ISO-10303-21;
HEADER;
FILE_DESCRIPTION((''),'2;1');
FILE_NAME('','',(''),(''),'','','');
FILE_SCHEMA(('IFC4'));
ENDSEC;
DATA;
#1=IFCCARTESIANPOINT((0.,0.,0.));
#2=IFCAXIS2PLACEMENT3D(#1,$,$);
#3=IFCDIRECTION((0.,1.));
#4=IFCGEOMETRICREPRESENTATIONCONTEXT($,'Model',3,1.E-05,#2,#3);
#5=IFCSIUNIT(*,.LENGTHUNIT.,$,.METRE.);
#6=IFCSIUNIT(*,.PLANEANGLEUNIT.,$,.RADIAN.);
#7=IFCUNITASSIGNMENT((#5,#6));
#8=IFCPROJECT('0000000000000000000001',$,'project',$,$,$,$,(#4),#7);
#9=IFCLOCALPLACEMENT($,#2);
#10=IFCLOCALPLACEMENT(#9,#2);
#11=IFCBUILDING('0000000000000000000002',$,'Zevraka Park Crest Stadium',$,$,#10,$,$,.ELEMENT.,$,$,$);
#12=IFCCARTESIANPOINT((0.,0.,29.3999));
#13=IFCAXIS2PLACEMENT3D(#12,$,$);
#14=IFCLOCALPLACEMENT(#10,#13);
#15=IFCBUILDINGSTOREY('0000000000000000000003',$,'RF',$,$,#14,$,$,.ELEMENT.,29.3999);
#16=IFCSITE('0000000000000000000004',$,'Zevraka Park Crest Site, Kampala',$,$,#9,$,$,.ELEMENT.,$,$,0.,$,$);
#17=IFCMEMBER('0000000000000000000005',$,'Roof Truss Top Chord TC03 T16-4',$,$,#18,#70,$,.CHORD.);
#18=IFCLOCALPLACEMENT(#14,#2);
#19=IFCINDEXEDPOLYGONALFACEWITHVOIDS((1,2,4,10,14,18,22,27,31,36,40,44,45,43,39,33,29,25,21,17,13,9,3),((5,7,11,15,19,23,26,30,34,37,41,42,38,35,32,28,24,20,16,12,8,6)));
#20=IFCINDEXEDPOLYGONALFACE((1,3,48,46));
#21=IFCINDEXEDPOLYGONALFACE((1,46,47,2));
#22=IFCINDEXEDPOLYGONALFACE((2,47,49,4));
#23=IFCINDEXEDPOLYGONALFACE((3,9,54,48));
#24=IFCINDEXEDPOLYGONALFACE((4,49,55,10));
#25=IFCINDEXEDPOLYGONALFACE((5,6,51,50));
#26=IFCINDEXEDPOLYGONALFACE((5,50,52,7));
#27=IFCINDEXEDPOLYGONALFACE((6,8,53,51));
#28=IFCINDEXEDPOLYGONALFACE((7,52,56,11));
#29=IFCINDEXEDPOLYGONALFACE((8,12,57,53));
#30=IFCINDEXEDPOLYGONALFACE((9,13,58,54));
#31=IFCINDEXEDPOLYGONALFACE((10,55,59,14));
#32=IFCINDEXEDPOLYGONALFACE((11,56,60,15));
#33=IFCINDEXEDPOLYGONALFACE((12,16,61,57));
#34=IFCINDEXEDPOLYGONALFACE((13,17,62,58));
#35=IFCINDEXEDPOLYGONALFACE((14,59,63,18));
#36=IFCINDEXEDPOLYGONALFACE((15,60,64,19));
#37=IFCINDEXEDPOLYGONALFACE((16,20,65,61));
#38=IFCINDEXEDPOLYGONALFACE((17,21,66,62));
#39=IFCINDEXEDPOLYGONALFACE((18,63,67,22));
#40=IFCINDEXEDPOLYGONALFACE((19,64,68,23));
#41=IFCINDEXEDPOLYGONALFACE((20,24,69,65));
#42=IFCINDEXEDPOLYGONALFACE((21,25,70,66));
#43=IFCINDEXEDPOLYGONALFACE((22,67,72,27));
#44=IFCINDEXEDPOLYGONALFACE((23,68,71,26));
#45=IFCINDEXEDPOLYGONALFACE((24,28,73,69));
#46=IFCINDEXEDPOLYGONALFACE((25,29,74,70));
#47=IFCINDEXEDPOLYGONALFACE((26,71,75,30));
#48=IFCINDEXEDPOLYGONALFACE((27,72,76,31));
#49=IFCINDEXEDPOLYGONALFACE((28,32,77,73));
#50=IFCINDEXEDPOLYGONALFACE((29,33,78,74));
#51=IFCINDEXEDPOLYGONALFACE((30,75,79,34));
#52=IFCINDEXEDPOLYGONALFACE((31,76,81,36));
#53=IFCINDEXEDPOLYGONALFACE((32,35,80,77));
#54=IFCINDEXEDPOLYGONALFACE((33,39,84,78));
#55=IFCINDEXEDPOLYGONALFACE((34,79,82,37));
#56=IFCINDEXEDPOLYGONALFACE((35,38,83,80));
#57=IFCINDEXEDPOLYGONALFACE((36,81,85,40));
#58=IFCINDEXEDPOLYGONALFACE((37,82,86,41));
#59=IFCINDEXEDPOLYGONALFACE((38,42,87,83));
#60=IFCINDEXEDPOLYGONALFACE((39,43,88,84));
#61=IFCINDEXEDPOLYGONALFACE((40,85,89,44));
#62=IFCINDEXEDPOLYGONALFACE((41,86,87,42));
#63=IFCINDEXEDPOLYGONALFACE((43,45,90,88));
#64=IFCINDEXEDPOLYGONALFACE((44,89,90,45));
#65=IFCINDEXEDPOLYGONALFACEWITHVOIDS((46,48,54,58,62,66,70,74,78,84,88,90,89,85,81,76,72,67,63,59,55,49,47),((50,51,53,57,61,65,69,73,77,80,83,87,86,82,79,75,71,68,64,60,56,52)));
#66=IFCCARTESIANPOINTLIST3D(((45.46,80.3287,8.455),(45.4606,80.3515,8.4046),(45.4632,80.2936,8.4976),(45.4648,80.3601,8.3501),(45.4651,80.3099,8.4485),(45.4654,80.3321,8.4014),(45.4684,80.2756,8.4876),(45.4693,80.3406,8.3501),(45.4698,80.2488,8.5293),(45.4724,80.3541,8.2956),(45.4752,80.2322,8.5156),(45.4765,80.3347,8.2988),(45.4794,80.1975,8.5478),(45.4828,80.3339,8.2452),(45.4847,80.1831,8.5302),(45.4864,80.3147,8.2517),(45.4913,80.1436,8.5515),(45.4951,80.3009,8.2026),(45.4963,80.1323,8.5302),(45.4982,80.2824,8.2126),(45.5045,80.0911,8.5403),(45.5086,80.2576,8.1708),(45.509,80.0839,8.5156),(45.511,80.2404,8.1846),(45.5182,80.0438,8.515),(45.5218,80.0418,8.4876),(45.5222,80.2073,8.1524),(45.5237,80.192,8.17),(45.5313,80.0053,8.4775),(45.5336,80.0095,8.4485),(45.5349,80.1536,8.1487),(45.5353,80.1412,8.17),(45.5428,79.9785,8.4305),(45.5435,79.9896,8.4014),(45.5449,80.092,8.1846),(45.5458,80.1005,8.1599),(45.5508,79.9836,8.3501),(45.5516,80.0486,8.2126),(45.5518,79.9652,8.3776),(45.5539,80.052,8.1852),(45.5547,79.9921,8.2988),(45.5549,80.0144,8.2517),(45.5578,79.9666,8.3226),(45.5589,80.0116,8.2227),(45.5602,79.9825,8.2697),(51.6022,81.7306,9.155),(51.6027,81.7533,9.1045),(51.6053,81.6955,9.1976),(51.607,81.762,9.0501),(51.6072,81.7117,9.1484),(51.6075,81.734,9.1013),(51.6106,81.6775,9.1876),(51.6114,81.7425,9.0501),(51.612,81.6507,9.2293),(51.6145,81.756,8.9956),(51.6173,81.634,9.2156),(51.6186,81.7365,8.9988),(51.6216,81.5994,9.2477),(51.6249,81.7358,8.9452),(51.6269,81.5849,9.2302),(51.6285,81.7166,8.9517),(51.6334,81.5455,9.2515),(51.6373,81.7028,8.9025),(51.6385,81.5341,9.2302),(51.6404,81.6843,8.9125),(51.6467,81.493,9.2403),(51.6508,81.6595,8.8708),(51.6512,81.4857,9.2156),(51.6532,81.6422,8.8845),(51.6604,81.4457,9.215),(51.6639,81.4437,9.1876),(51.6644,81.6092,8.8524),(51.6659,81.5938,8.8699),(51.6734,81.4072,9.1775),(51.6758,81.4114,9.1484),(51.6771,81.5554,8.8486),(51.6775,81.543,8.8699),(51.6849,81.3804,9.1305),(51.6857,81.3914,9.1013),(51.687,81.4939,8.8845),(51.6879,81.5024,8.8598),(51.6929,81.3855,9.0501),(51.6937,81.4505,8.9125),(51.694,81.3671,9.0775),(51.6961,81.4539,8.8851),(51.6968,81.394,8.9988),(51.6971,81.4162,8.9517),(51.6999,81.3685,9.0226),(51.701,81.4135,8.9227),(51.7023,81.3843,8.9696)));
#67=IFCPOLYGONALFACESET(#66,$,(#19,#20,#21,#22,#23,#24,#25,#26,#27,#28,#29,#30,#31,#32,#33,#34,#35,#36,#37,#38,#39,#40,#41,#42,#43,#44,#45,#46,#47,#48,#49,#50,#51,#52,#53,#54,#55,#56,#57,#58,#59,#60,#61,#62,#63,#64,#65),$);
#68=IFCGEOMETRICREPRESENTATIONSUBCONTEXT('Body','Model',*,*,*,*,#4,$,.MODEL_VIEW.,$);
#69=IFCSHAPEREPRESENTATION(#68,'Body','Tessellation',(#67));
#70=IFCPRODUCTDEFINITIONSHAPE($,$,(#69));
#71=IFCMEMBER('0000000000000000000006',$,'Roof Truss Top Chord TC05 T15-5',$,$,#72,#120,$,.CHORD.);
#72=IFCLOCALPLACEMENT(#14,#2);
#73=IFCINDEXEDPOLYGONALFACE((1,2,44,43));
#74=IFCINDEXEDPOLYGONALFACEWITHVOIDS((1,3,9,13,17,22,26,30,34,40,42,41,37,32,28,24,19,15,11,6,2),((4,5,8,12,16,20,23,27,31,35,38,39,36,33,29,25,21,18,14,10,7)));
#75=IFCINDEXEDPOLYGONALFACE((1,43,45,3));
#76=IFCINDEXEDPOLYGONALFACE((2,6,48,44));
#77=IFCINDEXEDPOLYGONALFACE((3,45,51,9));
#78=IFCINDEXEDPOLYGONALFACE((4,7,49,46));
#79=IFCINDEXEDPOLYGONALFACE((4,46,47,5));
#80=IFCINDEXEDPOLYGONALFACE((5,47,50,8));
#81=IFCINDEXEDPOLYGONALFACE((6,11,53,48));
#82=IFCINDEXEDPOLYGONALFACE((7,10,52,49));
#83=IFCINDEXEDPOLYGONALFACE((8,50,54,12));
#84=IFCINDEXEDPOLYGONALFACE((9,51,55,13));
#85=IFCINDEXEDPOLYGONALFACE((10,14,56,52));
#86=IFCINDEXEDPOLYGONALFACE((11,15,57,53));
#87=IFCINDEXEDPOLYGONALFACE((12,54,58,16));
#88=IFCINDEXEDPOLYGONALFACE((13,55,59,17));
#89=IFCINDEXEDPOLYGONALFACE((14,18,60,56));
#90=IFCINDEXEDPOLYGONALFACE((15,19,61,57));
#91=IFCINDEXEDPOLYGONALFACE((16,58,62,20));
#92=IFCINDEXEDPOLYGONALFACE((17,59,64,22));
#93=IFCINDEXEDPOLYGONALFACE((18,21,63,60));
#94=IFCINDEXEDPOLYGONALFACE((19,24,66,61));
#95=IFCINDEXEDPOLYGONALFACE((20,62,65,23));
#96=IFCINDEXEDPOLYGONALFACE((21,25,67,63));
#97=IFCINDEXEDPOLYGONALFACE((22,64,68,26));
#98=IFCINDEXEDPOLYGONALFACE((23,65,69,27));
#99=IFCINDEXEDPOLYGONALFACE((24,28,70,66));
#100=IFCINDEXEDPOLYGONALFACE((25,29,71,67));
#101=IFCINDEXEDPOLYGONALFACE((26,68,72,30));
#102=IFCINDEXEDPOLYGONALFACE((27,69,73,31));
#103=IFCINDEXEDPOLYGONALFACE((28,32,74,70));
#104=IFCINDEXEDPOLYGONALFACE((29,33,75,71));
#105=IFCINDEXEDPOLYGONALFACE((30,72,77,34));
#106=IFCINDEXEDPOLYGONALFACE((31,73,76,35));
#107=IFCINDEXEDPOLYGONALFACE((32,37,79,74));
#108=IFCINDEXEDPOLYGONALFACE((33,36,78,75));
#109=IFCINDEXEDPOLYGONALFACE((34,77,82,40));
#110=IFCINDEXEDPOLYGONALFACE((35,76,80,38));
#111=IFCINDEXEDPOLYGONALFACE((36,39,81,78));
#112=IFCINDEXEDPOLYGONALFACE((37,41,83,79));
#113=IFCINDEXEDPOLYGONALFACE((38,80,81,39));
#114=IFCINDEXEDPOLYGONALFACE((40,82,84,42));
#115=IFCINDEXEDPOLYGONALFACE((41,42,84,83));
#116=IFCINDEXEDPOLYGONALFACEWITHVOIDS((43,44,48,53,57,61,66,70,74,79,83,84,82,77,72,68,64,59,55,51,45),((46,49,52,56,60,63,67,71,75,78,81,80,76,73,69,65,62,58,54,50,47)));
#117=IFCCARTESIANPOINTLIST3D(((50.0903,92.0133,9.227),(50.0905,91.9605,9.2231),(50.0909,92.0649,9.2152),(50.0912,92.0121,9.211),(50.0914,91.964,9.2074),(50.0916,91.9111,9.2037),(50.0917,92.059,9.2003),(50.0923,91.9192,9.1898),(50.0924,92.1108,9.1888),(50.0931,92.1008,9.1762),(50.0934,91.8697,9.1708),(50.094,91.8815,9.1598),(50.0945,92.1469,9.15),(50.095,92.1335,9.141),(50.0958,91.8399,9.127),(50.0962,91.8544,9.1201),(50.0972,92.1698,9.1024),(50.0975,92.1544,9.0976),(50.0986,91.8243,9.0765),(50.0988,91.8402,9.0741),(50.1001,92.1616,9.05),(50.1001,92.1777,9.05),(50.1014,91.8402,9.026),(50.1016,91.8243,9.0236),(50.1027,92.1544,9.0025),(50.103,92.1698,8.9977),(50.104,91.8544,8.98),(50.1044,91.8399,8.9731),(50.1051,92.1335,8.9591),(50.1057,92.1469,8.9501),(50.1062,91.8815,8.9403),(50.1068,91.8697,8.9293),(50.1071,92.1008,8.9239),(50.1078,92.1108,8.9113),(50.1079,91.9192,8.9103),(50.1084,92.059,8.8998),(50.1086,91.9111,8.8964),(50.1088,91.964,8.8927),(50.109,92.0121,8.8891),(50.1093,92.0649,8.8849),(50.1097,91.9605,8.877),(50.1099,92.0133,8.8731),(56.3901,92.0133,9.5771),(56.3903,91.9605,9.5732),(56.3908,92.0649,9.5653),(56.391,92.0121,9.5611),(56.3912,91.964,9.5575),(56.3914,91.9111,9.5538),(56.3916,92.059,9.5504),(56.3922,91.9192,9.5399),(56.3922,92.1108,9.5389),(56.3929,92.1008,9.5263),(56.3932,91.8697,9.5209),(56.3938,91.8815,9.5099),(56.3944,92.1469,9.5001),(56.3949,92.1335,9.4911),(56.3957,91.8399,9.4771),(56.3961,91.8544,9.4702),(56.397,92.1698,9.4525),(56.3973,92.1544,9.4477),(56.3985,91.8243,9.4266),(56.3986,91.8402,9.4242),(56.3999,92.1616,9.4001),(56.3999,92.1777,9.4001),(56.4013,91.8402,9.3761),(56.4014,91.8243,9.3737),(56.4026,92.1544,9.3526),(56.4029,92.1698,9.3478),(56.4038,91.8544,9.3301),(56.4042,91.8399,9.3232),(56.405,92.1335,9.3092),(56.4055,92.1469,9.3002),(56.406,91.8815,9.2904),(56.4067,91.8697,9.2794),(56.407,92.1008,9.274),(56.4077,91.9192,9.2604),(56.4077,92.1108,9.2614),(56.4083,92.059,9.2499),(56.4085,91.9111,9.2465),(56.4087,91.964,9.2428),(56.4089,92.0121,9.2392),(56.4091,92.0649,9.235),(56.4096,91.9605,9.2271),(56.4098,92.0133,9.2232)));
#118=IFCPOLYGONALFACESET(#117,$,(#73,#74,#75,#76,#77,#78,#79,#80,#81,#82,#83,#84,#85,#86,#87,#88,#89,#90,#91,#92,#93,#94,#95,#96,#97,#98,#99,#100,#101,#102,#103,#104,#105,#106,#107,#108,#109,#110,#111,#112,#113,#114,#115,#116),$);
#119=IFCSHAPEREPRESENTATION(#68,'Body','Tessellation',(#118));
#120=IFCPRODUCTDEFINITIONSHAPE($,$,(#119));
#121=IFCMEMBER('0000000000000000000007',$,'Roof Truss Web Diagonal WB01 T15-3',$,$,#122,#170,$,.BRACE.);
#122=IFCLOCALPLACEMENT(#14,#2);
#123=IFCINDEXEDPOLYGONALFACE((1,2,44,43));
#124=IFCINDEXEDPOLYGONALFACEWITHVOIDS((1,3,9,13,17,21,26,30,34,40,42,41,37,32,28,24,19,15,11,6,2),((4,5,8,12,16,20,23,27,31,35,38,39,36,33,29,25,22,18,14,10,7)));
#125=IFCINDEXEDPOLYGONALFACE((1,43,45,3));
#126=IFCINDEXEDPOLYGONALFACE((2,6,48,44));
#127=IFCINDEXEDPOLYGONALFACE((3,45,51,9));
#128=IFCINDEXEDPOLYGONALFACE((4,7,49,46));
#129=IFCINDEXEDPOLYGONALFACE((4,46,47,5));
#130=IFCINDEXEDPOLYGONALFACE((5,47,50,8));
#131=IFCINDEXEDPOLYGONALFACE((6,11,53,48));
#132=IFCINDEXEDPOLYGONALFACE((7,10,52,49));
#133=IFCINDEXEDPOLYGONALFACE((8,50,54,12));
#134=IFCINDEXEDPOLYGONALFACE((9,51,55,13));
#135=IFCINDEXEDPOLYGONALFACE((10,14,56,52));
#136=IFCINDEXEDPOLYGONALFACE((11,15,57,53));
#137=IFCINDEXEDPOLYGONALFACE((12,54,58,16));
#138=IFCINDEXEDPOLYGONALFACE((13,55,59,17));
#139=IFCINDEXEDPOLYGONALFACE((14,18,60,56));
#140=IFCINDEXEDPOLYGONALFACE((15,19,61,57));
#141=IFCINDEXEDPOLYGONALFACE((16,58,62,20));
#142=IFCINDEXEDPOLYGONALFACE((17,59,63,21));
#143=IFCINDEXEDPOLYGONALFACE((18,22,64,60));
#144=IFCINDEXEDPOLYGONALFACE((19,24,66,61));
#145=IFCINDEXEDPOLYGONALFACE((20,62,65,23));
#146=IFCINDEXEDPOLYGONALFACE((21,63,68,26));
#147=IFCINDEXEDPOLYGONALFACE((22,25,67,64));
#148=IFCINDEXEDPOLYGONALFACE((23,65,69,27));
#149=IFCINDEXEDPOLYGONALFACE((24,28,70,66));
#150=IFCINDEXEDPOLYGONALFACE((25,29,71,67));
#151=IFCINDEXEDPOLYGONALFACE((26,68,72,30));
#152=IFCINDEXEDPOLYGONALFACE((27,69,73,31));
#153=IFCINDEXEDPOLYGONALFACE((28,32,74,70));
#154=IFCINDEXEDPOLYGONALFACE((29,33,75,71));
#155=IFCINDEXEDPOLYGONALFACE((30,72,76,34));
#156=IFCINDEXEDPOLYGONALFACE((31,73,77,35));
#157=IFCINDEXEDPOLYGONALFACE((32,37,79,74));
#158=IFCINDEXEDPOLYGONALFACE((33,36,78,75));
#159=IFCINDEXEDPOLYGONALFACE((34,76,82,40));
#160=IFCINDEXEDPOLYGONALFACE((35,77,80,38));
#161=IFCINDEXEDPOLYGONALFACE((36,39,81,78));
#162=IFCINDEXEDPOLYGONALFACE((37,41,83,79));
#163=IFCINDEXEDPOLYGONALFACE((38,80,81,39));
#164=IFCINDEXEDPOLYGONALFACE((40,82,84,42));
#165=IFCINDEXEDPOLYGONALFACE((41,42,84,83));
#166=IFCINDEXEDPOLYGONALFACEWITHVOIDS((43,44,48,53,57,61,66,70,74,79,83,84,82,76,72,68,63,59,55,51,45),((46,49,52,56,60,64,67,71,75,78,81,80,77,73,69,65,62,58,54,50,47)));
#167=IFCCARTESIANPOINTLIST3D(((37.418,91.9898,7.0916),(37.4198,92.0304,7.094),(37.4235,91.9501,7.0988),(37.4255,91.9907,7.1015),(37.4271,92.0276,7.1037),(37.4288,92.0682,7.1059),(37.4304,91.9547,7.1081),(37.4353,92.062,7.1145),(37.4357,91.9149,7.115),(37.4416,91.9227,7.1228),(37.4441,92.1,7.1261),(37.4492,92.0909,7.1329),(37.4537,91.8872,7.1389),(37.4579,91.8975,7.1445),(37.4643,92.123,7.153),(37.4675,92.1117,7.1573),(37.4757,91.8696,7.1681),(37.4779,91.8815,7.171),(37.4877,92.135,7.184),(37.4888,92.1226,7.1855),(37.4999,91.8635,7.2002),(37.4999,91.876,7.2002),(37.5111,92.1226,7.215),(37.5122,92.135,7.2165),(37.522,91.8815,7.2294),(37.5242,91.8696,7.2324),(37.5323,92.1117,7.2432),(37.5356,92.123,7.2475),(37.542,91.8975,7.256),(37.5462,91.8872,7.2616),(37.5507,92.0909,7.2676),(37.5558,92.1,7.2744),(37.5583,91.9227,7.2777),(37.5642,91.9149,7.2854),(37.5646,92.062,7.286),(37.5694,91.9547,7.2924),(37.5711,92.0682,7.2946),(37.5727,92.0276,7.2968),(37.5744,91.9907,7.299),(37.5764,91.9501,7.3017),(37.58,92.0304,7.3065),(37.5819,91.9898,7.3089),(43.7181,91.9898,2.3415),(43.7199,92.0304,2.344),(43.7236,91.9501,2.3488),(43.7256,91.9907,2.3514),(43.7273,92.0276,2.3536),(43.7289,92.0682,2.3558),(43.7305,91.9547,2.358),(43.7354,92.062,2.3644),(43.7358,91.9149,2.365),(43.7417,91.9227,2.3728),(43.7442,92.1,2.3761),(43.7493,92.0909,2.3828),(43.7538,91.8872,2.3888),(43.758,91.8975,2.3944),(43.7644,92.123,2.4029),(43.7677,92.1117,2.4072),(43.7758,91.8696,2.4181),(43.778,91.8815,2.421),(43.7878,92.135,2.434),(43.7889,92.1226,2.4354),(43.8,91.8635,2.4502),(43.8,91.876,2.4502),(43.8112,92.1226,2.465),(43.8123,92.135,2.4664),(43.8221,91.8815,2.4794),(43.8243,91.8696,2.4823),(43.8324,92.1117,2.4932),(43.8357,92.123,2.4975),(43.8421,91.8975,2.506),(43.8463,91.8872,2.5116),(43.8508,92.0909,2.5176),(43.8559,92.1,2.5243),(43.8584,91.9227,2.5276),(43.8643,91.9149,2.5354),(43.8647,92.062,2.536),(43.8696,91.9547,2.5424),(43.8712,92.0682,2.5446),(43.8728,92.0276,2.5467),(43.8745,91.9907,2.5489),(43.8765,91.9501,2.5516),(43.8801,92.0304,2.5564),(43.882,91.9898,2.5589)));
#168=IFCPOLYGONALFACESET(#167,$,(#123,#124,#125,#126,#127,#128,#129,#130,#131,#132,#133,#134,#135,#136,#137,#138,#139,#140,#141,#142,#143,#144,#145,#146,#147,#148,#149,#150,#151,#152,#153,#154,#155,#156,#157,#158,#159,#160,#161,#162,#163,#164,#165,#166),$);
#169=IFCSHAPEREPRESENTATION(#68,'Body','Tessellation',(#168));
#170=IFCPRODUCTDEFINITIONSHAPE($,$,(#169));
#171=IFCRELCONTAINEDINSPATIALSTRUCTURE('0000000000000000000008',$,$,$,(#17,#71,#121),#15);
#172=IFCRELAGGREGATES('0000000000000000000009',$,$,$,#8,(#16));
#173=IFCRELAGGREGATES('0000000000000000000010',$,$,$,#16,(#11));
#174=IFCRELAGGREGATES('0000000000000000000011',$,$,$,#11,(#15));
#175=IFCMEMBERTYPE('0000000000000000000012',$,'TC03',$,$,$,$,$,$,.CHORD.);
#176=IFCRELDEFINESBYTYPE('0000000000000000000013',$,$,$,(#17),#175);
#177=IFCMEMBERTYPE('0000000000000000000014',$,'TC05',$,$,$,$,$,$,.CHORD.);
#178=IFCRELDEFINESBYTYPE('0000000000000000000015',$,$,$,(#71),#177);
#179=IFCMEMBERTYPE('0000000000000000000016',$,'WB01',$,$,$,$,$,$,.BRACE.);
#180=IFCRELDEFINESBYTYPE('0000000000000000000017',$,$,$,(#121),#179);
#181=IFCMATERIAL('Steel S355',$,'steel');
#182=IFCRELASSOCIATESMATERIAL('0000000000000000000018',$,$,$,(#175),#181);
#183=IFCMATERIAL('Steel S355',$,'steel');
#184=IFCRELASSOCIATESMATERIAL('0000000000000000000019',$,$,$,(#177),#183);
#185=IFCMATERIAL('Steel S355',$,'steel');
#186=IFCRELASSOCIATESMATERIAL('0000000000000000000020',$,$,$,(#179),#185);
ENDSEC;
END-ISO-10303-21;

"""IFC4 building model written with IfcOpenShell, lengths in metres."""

from ifc_helpers import new_model, si_unit, direction, frame, origin, origin_2d, place, context, subcontext, project, spatial, hollow_circle, extrude, material, material_profile, profile_set, type_object, element, save


model = new_model("IFC4")

# Units and contexts
model_context = context("Model", 3, precision=1e-05, world=origin(), true_north=direction((0.0, 1.0)))
body_context = subcontext(model_context, "Body", "Model", "MODEL_VIEW")
ifc_project = project(units=[si_unit("LENGTHUNIT", "METRE"), si_unit("PLANEANGLEUNIT", "RADIAN")], contexts=[model_context])

# Site, building, storey
site_placement = place(None, origin())
site = spatial("IfcSite", under=ifc_project, at=site_placement, Name="Zevraka Park Crest Site, Kampala", CompositionType="ELEMENT", RefElevation=0.0)
building_placement = place(site_placement, origin())
building = spatial("IfcBuilding", under=site, at=building_placement, Name="Zevraka Park Crest Stadium", CompositionType="ELEMENT")
storey_placement = place(building_placement, frame((0.0, 0.0, 29.3999)))
storey = spatial("IfcBuildingStorey", under=building, at=storey_placement, Name="RF", CompositionType="ELEMENT", Elevation=29.3999)

# Members
ifc_material_1 = material(Name="Steel S355", Category="steel")
ifc_material_profile_1 = material_profile(ifc_material_1, hollow_circle(Radius=0.2031, WallThickness=0.02, at=origin_2d()), Name="CHS 406.4x20")
ifc_profile_set_1 = profile_set([ifc_material_profile_1], Name="Steel S355")
member_type_1 = type_object("IfcMemberType", Name="TC03", PredefinedType="CHORD", material=ifc_profile_set_1)
member_1_placement = place(storey_placement, frame((45.51, 80.1621, 8.3501), z_axis=(0.968967, 0.221155, 0.110423), x_axis=(-0.222515, 0.974929, 0.0)))
element("IfcMember", 1, at=member_1_placement, inside=storey, type_object=member_type_1, Name="Roof Truss Top Chord TC03 T16-4", PredefinedType="CHORD", context=body_context, shape_type="SweptSolid", body=[
    extrude(hollow_circle(Radius=0.2031, WallThickness=0.02, at=origin_2d()), origin(), (0.0, 0.0, 1.0), 6.3389),
])
ifc_material_2 = material(Name="Steel S355", Category="steel")
ifc_material_profile_2 = material_profile(ifc_material_2, hollow_circle(Radius=0.1777, WallThickness=0.0161, at=origin_2d()), Name="CHS 355.6x16")
ifc_profile_set_2 = profile_set([ifc_material_profile_2], Name="Steel S355")
member_type_2 = type_object("IfcMemberType", Name="TC05", PredefinedType="CHORD", material=ifc_profile_set_2)
member_2_placement = place(storey_placement, frame((50.1001, 92.0, 9.05), z_axis=(0.998459, 0.0, 0.055487), x_axis=(0.0, 1.0, 0.0)))
element("IfcMember", 2, at=member_2_placement, inside=storey, type_object=member_type_2, Name="Roof Truss Top Chord TC05 T15-5", PredefinedType="CHORD", context=body_context, shape_type="SweptSolid", body=[
    extrude(hollow_circle(Radius=0.1777, WallThickness=0.0161, at=origin_2d()), origin(), (0.0, 0.0, 1.0), 6.3096),
])
ifc_material_3 = material(Name="Steel S355", Category="steel")
ifc_material_profile_3 = material_profile(ifc_material_3, hollow_circle(Radius=0.1365, WallThickness=0.0125, at=origin_2d()), Name="CHS 273.0x12.5")
ifc_profile_set_3 = profile_set([ifc_material_profile_3], Name="Steel S355")
member_type_3 = type_object("IfcMemberType", Name="WB01", PredefinedType="BRACE", material=ifc_profile_set_3)
for number, where, z_axis, x_axis, name in (
    (3, (43.8, 92.0, 2.4502), (-0.798479, 0.0, 0.602023), (0.0, -1.0, 0.0), "Roof Truss Web Diagonal WB01 T15-3"),
):
    element("IfcMember", number, at=place(storey_placement, frame(where, z_axis=z_axis, x_axis=x_axis)), inside=storey, type_object=member_type_3, Name=name, PredefinedType="BRACE", context=body_context, shape_type="SweptSolid", body=[
        extrude(hollow_circle(Radius=0.1365, WallThickness=0.0125, at=origin_2d()), origin(), (0.0, 0.0, 1.0), 7.8901),
    ])

save(model, "model.ifc")
